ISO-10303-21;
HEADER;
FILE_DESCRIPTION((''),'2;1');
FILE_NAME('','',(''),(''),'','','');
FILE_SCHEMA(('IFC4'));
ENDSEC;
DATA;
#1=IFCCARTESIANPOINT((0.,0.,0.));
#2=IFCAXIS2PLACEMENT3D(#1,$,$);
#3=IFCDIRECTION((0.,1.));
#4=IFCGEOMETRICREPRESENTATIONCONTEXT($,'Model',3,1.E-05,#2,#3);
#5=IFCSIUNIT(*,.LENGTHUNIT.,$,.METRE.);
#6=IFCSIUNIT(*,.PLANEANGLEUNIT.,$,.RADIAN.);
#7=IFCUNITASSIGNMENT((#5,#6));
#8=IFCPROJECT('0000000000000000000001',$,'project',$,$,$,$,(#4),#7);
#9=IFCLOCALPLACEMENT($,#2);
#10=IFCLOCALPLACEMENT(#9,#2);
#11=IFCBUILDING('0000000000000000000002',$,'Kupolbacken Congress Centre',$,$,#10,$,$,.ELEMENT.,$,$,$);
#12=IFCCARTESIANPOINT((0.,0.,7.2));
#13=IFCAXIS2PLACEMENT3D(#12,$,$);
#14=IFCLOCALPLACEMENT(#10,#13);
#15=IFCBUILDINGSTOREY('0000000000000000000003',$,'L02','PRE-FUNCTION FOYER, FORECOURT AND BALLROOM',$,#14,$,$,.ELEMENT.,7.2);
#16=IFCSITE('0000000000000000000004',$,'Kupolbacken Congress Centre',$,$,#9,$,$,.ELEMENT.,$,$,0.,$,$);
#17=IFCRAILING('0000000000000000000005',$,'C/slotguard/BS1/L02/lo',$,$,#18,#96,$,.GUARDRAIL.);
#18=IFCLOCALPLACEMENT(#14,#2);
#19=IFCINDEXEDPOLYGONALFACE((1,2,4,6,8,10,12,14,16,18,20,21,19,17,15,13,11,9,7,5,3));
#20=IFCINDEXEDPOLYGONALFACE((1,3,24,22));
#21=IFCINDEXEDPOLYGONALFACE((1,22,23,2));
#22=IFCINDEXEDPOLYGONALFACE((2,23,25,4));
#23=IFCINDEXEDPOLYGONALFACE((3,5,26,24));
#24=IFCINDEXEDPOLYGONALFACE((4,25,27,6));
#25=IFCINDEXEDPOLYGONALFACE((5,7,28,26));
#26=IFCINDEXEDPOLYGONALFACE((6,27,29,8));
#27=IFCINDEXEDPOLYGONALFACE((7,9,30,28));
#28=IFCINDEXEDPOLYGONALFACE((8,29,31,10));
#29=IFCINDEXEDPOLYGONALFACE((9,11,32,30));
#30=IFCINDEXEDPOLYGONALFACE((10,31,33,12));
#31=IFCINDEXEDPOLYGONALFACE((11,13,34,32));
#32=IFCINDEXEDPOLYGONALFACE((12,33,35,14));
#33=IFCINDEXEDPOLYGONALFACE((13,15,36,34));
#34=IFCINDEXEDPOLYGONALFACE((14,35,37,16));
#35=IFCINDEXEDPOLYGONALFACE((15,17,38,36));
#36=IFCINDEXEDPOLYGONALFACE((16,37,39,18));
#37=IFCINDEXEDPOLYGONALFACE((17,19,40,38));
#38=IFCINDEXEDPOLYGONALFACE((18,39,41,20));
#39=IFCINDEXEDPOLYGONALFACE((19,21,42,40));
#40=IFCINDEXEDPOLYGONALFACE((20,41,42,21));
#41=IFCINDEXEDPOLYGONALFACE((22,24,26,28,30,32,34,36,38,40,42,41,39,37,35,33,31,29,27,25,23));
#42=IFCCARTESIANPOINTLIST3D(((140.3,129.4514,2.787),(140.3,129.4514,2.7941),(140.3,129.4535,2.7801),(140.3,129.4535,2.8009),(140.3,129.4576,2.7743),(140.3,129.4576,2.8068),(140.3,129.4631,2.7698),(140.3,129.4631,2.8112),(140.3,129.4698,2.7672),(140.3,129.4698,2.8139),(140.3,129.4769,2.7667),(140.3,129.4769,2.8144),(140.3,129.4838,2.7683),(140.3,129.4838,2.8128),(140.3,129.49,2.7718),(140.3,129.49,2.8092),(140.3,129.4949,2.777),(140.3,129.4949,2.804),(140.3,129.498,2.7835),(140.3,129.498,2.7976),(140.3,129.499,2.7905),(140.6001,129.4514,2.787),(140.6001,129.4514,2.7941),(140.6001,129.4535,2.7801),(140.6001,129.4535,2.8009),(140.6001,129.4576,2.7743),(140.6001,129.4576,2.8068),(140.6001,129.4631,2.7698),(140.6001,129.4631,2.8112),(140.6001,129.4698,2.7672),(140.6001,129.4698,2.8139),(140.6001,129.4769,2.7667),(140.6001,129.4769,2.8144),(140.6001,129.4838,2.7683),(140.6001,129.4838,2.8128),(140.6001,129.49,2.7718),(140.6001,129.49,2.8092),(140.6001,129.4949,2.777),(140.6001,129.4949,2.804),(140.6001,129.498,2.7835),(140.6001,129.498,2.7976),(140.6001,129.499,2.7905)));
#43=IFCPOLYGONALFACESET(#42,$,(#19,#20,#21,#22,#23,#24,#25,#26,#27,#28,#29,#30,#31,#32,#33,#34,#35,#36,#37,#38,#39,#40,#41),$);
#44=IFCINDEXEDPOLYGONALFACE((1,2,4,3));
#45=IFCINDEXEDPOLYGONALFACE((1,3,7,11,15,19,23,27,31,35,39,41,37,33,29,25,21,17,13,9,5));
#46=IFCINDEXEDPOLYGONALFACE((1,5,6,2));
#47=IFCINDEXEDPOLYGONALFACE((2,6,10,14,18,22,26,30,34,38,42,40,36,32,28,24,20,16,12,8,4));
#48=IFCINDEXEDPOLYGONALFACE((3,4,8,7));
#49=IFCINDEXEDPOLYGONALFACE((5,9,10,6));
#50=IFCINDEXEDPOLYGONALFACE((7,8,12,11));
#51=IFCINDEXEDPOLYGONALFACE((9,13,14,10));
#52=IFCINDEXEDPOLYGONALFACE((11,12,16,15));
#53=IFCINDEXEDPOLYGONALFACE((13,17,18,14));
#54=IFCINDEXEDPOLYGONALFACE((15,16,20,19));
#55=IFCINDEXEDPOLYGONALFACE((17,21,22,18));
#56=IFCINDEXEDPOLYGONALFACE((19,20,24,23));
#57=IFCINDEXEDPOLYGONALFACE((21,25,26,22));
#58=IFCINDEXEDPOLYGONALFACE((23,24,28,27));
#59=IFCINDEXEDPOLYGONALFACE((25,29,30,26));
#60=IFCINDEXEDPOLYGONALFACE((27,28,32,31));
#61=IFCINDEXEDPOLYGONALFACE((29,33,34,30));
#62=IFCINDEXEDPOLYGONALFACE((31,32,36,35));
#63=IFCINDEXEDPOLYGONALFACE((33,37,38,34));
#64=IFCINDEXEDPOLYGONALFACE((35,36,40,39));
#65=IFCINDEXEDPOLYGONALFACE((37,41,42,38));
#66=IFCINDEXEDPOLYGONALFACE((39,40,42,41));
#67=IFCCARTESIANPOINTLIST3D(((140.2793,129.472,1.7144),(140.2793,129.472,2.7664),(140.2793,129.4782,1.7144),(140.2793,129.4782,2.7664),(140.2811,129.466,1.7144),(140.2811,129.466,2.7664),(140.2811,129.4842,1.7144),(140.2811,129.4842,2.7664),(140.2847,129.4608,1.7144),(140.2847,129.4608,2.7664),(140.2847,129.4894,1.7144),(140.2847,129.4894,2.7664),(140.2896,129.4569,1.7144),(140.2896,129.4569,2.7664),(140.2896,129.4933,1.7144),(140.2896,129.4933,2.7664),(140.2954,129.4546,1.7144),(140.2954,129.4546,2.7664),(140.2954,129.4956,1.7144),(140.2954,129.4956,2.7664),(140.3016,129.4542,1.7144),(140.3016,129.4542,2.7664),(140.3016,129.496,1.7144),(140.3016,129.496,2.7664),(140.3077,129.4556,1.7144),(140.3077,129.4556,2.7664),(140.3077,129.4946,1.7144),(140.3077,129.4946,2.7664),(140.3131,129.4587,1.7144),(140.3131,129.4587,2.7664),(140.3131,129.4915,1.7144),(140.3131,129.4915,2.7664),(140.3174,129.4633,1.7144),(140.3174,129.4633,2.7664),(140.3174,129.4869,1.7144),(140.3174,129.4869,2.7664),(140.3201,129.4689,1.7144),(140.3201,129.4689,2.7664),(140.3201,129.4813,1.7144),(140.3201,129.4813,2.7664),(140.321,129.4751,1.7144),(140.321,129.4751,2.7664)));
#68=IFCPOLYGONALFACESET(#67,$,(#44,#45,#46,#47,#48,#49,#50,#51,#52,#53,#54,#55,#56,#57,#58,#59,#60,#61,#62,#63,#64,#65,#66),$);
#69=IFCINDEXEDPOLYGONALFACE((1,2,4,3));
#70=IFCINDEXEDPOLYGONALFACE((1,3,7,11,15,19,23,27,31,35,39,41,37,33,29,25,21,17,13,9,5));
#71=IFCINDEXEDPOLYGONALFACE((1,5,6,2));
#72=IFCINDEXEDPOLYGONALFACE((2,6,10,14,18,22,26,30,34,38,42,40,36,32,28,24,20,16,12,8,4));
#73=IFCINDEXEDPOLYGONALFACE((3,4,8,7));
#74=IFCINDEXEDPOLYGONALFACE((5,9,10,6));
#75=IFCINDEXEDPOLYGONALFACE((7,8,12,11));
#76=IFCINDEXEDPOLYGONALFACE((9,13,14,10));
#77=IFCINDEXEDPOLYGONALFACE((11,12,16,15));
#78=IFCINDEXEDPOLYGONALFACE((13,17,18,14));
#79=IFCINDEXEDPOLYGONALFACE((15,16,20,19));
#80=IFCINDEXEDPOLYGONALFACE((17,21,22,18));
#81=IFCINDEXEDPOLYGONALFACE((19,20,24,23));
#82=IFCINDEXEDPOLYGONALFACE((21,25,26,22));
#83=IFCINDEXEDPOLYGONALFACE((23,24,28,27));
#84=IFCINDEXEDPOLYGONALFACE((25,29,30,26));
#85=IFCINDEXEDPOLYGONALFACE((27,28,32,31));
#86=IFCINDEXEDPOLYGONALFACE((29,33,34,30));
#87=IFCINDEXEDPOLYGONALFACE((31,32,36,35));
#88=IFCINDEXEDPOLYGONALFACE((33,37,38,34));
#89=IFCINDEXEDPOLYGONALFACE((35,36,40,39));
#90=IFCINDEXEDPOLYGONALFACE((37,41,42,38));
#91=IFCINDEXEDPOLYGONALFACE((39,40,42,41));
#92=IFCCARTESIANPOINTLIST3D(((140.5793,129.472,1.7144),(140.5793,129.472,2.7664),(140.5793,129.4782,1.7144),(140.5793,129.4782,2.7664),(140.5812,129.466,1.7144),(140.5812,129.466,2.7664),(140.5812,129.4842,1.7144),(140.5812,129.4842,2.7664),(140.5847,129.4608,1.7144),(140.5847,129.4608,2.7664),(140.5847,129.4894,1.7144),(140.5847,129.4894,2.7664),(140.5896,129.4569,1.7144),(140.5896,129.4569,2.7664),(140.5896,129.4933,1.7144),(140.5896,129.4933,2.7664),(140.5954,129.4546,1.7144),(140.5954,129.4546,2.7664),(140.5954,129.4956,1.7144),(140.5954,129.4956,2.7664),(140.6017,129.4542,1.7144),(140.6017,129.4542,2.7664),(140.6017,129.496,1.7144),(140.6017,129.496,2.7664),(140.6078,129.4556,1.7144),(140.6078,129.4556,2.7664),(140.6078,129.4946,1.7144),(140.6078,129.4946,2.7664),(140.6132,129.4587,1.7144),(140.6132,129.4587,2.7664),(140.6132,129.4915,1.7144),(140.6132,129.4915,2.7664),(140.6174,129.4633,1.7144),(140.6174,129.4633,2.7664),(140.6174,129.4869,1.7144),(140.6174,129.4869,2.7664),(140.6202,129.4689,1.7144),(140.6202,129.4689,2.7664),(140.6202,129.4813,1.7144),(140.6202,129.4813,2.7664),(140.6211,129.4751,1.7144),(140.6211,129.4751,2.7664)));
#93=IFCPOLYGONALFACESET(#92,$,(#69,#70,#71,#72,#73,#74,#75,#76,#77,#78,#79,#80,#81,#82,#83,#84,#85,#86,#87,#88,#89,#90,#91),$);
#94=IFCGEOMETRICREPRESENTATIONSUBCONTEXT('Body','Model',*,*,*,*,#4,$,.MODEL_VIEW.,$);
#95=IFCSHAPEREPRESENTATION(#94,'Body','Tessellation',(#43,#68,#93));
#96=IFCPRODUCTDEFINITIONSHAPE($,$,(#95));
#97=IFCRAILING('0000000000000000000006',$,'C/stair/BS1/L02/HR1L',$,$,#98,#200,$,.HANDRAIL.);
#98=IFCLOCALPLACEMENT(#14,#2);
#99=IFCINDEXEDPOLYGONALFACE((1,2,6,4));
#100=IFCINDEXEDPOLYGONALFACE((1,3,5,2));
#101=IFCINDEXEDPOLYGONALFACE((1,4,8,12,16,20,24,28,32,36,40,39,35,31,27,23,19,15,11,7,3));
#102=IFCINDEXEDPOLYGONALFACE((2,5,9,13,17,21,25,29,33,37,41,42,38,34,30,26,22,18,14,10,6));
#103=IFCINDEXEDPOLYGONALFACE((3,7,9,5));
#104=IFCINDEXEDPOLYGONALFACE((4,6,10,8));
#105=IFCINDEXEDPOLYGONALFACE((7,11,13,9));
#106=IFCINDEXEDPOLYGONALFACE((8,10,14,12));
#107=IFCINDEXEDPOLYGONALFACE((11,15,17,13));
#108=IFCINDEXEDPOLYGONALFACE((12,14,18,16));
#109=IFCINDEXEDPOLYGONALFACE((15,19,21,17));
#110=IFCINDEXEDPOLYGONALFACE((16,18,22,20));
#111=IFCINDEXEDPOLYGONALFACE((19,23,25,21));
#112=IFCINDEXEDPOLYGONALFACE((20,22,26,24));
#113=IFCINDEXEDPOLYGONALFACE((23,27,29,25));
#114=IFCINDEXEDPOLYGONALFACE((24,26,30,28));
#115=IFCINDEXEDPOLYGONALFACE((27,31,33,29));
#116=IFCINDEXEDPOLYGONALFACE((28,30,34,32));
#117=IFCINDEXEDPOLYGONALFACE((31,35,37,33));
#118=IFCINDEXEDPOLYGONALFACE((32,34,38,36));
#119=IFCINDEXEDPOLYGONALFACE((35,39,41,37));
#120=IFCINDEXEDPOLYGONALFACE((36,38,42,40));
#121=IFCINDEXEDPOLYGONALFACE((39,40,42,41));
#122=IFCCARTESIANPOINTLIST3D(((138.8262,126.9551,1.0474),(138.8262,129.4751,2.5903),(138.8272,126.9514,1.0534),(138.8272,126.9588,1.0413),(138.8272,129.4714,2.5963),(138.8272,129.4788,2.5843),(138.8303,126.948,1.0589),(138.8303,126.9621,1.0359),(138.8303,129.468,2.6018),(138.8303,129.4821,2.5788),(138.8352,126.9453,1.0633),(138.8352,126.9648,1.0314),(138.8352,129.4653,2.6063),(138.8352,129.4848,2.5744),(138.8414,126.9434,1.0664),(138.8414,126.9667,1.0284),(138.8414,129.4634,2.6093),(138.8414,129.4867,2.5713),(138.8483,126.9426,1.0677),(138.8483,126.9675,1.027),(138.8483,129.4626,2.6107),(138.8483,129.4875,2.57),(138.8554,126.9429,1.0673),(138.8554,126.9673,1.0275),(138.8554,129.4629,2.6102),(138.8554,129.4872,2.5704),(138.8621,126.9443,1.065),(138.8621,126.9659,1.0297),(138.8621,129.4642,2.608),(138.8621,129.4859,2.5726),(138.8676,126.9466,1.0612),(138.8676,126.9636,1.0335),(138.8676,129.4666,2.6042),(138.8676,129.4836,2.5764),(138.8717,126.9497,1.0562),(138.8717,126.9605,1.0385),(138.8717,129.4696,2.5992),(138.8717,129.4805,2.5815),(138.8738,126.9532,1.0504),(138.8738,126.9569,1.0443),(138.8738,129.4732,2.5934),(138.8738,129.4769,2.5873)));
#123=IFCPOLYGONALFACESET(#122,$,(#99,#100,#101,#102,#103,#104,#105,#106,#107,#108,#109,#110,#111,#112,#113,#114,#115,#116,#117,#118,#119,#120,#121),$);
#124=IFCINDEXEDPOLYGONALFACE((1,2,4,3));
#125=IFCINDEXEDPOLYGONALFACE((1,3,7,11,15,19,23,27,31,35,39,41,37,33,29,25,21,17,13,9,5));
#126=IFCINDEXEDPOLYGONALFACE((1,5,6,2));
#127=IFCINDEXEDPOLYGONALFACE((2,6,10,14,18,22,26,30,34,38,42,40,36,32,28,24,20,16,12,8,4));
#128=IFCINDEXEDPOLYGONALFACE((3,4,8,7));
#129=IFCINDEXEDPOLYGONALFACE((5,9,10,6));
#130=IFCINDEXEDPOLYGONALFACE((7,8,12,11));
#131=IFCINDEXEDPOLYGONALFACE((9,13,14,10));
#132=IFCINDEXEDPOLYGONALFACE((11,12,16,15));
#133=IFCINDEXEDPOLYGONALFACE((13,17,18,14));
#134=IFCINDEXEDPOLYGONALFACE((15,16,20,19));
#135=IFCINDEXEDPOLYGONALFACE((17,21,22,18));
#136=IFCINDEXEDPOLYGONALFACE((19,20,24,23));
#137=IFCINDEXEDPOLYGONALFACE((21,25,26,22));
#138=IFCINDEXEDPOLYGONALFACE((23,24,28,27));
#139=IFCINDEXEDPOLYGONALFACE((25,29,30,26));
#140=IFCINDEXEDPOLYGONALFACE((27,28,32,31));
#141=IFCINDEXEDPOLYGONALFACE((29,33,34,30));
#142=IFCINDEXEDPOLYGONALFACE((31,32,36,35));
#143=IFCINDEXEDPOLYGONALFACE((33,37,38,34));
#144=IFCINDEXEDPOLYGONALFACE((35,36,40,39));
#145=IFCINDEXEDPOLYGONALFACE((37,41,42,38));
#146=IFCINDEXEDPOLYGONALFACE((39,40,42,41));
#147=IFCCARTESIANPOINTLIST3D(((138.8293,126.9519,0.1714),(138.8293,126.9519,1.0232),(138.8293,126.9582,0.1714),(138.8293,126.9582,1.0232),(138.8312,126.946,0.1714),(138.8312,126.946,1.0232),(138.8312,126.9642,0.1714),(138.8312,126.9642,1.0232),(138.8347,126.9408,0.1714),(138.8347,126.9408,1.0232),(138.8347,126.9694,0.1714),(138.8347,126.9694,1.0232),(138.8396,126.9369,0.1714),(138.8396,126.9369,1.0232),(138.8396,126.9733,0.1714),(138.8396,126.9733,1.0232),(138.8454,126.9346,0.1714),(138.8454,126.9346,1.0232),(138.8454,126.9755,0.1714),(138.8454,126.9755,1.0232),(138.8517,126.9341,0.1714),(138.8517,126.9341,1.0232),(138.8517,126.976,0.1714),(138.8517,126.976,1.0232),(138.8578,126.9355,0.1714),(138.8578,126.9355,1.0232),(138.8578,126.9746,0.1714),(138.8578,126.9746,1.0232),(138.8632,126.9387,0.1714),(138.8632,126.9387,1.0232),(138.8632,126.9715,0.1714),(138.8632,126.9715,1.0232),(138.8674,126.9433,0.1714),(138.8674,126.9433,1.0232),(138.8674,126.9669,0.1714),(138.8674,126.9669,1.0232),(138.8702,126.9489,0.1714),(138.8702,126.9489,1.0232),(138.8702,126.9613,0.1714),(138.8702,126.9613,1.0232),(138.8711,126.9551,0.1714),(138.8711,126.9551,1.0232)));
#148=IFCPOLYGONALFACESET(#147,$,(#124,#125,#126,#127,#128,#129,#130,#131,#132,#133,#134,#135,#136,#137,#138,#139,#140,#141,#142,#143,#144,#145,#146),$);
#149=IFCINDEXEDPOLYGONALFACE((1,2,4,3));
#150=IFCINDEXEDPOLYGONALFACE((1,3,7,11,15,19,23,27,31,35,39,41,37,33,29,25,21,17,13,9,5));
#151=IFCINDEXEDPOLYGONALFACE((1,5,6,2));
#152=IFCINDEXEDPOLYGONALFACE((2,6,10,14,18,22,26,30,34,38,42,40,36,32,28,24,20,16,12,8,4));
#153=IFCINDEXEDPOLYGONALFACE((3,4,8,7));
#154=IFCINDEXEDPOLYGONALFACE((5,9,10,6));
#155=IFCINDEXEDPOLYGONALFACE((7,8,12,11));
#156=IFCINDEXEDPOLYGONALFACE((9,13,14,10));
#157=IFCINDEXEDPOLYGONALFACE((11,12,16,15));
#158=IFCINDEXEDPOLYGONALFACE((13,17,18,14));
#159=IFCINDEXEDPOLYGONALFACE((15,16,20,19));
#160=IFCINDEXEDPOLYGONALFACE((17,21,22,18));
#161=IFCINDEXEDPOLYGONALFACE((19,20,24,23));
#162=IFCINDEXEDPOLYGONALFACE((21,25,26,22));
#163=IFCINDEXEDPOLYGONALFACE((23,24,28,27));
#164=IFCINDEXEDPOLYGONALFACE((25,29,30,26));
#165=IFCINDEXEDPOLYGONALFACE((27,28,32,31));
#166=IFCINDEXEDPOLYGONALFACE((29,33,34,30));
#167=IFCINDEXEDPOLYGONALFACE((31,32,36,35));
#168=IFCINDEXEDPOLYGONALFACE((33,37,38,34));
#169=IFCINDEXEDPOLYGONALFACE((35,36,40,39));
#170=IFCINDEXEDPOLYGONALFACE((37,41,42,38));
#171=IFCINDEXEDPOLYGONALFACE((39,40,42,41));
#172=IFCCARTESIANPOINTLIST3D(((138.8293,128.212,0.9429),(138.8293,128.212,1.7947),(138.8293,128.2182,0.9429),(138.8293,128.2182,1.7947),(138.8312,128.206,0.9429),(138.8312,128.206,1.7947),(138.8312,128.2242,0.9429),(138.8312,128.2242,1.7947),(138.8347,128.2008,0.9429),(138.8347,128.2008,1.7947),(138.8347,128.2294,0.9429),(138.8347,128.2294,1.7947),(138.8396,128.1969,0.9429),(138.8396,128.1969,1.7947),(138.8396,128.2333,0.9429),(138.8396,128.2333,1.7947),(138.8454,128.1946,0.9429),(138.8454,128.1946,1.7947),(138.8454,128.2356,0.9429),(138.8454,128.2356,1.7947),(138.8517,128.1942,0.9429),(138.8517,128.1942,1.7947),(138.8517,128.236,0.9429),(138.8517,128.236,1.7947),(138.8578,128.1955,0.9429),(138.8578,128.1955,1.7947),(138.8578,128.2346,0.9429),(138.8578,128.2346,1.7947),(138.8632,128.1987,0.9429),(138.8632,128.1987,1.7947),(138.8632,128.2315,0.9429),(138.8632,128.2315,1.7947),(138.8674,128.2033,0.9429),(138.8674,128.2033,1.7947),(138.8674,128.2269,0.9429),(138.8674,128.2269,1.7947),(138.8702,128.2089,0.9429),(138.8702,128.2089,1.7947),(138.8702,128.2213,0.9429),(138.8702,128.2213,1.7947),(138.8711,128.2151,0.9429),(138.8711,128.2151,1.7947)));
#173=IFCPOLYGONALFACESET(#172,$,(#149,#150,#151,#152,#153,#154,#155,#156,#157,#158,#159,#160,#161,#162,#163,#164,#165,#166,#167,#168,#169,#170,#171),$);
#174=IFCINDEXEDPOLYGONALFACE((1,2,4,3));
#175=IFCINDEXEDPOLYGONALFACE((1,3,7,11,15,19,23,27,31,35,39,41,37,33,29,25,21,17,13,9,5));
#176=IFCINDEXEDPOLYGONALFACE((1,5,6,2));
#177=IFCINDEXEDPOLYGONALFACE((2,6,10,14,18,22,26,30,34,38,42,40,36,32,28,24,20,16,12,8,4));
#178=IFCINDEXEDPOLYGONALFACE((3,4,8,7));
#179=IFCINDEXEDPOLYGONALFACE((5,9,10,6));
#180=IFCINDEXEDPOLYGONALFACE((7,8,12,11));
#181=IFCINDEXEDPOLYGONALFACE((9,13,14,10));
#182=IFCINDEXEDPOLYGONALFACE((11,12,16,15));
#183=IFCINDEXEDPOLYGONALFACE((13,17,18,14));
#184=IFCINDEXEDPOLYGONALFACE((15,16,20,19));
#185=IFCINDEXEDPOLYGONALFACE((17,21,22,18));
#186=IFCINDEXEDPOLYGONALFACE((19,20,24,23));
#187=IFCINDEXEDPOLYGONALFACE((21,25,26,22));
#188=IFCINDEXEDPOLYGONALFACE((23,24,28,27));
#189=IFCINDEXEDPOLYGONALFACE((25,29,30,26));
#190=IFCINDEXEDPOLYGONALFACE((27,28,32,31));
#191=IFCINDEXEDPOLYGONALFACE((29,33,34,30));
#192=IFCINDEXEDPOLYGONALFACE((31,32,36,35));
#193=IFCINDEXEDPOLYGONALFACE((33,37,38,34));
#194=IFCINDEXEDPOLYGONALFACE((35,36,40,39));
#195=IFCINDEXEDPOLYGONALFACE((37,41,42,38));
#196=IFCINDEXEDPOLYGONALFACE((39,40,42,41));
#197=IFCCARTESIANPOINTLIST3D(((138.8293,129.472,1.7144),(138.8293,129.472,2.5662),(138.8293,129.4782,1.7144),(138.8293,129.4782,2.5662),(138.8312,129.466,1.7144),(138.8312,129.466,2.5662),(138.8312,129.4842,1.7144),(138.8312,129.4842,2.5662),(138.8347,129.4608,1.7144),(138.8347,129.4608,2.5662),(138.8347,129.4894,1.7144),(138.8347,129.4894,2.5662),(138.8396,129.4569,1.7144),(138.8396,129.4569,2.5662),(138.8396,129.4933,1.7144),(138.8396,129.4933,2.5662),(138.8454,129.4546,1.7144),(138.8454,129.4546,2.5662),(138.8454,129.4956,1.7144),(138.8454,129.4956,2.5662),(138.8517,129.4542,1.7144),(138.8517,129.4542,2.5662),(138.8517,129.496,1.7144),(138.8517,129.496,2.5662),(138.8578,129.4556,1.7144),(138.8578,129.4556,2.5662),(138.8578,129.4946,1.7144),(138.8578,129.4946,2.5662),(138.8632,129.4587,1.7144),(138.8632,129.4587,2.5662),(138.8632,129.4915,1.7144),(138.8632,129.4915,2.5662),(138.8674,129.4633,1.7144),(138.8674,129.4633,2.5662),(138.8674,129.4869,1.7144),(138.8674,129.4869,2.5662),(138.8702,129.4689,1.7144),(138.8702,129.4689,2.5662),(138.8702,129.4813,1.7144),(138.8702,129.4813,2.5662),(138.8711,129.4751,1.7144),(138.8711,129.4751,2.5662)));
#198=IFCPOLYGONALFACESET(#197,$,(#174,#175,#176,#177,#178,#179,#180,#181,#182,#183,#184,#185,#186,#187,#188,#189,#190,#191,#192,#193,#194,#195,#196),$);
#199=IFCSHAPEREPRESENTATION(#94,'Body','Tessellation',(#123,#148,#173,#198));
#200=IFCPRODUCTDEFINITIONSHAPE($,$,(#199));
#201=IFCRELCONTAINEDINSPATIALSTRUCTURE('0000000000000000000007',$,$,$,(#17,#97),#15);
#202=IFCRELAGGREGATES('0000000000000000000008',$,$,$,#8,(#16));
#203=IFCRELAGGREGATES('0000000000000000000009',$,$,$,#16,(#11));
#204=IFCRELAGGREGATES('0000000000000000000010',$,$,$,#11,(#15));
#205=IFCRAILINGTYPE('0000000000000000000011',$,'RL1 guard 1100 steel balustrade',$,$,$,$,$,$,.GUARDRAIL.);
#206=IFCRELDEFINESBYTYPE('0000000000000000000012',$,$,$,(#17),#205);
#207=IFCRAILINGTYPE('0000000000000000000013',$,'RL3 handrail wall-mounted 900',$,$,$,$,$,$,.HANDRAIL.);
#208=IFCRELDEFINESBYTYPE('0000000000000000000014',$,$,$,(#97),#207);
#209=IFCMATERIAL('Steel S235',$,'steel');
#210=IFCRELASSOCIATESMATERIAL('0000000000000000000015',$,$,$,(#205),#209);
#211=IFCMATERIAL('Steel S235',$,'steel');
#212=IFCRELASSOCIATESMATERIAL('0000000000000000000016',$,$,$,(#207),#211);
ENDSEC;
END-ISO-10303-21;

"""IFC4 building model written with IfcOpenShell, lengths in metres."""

from ifc_helpers import new_model, si_unit, direction, frame, origin, origin_2d, place, context, subcontext, project, spatial, circle, extrude, material, type_object, element, save


model = new_model("IFC4")

# Units and contexts
model_context = context("Model", 3, precision=1e-05, world=origin(), true_north=direction((0.0, 1.0)))
body_context = subcontext(model_context, "Body", "Model", "MODEL_VIEW")
ifc_project = project(units=[si_unit("LENGTHUNIT", "METRE"), si_unit("PLANEANGLEUNIT", "RADIAN")], contexts=[model_context])

# Site, building, storey
site_placement = place(None, origin())
site = spatial("IfcSite", under=ifc_project, at=site_placement, Name="Kupolbacken Congress Centre", CompositionType="ELEMENT", RefElevation=0.0)
building_placement = place(site_placement, origin())
building = spatial("IfcBuilding", under=site, at=building_placement, Name="Kupolbacken Congress Centre", CompositionType="ELEMENT")
storey_placement = place(building_placement, frame((0.0, 0.0, 7.2)))
storey = spatial("IfcBuildingStorey", under=building, at=storey_placement, Name="L02", Description="PRE-FUNCTION FOYER, FORECOURT AND BALLROOM", CompositionType="ELEMENT", Elevation=7.2)

# Railings
ifc_material_1 = material(Name="Steel S235", Category="steel")
railing_type_1 = type_object("IfcRailingType", Name="RL1 guard 1100 steel balustrade", PredefinedType="GUARDRAIL", material=ifc_material_1)
railing_placement = place(storey_placement, frame((140.3, 129.4751, 1.7144)))
element("IfcRailing", 1, at=railing_placement, inside=storey, type_object=railing_type_1, Name="C/slotguard/BS1/L02/lo", PredefinedType="GUARDRAIL", context=body_context, shape_type="SweptSolid", body=[
    extrude(circle(Radius=0.0239, at=origin_2d()), frame((0.0, 0.0, 1.0762), z_axis=(1.0, 0.0, 0.0), x_axis=(0.0, 1.0, 0.0)), (0.0, 0.0, 1.0), 0.3),
    extrude(circle(Radius=0.021, at=origin_2d()), origin(), (0.0, 0.0, 1.0), 1.052),
    extrude(circle(Radius=0.021, at=origin_2d()), frame((0.3, 0.0, 0.0)), (0.0, 0.0, 1.0), 1.052),
])
ifc_material_2 = material(Name="Steel S235", Category="steel")
railing_type_2 = type_object("IfcRailingType", Name="RL3 handrail wall-mounted 900", PredefinedType="HANDRAIL", material=ifc_material_2)
for number, where, name in (
    (2, (138.8501, 126.9551, 0.1714), "C/stair/BS1/L02/HR1L"),
):
    element("IfcRailing", number, at=place(storey_placement, frame(where)), inside=storey, type_object=railing_type_2, Name=name, PredefinedType="HANDRAIL", context=body_context, shape_type="SweptSolid", body=[
        extrude(circle(Radius=0.0239, at=origin_2d()), frame((0.0, 0.0, 0.876), z_axis=(0.0, 0.852836, 0.522178), x_axis=(-1.0, 0.0, 0.0)), (0.0, 0.0, 1.0), 2.9548),
        extrude(circle(Radius=0.021, at=origin_2d()), origin(), (0.0, 0.0, 1.0), 0.8518),
        extrude(circle(Radius=0.021, at=origin_2d()), frame((0.0, 1.26, 0.7715)), (0.0, 0.0, 1.0), 0.8518),
        extrude(circle(Radius=0.021, at=origin_2d()), frame((0.0, 2.52, 1.543)), (0.0, 0.0, 1.0), 0.8518),
    ])

save(model, "model.ifc")
